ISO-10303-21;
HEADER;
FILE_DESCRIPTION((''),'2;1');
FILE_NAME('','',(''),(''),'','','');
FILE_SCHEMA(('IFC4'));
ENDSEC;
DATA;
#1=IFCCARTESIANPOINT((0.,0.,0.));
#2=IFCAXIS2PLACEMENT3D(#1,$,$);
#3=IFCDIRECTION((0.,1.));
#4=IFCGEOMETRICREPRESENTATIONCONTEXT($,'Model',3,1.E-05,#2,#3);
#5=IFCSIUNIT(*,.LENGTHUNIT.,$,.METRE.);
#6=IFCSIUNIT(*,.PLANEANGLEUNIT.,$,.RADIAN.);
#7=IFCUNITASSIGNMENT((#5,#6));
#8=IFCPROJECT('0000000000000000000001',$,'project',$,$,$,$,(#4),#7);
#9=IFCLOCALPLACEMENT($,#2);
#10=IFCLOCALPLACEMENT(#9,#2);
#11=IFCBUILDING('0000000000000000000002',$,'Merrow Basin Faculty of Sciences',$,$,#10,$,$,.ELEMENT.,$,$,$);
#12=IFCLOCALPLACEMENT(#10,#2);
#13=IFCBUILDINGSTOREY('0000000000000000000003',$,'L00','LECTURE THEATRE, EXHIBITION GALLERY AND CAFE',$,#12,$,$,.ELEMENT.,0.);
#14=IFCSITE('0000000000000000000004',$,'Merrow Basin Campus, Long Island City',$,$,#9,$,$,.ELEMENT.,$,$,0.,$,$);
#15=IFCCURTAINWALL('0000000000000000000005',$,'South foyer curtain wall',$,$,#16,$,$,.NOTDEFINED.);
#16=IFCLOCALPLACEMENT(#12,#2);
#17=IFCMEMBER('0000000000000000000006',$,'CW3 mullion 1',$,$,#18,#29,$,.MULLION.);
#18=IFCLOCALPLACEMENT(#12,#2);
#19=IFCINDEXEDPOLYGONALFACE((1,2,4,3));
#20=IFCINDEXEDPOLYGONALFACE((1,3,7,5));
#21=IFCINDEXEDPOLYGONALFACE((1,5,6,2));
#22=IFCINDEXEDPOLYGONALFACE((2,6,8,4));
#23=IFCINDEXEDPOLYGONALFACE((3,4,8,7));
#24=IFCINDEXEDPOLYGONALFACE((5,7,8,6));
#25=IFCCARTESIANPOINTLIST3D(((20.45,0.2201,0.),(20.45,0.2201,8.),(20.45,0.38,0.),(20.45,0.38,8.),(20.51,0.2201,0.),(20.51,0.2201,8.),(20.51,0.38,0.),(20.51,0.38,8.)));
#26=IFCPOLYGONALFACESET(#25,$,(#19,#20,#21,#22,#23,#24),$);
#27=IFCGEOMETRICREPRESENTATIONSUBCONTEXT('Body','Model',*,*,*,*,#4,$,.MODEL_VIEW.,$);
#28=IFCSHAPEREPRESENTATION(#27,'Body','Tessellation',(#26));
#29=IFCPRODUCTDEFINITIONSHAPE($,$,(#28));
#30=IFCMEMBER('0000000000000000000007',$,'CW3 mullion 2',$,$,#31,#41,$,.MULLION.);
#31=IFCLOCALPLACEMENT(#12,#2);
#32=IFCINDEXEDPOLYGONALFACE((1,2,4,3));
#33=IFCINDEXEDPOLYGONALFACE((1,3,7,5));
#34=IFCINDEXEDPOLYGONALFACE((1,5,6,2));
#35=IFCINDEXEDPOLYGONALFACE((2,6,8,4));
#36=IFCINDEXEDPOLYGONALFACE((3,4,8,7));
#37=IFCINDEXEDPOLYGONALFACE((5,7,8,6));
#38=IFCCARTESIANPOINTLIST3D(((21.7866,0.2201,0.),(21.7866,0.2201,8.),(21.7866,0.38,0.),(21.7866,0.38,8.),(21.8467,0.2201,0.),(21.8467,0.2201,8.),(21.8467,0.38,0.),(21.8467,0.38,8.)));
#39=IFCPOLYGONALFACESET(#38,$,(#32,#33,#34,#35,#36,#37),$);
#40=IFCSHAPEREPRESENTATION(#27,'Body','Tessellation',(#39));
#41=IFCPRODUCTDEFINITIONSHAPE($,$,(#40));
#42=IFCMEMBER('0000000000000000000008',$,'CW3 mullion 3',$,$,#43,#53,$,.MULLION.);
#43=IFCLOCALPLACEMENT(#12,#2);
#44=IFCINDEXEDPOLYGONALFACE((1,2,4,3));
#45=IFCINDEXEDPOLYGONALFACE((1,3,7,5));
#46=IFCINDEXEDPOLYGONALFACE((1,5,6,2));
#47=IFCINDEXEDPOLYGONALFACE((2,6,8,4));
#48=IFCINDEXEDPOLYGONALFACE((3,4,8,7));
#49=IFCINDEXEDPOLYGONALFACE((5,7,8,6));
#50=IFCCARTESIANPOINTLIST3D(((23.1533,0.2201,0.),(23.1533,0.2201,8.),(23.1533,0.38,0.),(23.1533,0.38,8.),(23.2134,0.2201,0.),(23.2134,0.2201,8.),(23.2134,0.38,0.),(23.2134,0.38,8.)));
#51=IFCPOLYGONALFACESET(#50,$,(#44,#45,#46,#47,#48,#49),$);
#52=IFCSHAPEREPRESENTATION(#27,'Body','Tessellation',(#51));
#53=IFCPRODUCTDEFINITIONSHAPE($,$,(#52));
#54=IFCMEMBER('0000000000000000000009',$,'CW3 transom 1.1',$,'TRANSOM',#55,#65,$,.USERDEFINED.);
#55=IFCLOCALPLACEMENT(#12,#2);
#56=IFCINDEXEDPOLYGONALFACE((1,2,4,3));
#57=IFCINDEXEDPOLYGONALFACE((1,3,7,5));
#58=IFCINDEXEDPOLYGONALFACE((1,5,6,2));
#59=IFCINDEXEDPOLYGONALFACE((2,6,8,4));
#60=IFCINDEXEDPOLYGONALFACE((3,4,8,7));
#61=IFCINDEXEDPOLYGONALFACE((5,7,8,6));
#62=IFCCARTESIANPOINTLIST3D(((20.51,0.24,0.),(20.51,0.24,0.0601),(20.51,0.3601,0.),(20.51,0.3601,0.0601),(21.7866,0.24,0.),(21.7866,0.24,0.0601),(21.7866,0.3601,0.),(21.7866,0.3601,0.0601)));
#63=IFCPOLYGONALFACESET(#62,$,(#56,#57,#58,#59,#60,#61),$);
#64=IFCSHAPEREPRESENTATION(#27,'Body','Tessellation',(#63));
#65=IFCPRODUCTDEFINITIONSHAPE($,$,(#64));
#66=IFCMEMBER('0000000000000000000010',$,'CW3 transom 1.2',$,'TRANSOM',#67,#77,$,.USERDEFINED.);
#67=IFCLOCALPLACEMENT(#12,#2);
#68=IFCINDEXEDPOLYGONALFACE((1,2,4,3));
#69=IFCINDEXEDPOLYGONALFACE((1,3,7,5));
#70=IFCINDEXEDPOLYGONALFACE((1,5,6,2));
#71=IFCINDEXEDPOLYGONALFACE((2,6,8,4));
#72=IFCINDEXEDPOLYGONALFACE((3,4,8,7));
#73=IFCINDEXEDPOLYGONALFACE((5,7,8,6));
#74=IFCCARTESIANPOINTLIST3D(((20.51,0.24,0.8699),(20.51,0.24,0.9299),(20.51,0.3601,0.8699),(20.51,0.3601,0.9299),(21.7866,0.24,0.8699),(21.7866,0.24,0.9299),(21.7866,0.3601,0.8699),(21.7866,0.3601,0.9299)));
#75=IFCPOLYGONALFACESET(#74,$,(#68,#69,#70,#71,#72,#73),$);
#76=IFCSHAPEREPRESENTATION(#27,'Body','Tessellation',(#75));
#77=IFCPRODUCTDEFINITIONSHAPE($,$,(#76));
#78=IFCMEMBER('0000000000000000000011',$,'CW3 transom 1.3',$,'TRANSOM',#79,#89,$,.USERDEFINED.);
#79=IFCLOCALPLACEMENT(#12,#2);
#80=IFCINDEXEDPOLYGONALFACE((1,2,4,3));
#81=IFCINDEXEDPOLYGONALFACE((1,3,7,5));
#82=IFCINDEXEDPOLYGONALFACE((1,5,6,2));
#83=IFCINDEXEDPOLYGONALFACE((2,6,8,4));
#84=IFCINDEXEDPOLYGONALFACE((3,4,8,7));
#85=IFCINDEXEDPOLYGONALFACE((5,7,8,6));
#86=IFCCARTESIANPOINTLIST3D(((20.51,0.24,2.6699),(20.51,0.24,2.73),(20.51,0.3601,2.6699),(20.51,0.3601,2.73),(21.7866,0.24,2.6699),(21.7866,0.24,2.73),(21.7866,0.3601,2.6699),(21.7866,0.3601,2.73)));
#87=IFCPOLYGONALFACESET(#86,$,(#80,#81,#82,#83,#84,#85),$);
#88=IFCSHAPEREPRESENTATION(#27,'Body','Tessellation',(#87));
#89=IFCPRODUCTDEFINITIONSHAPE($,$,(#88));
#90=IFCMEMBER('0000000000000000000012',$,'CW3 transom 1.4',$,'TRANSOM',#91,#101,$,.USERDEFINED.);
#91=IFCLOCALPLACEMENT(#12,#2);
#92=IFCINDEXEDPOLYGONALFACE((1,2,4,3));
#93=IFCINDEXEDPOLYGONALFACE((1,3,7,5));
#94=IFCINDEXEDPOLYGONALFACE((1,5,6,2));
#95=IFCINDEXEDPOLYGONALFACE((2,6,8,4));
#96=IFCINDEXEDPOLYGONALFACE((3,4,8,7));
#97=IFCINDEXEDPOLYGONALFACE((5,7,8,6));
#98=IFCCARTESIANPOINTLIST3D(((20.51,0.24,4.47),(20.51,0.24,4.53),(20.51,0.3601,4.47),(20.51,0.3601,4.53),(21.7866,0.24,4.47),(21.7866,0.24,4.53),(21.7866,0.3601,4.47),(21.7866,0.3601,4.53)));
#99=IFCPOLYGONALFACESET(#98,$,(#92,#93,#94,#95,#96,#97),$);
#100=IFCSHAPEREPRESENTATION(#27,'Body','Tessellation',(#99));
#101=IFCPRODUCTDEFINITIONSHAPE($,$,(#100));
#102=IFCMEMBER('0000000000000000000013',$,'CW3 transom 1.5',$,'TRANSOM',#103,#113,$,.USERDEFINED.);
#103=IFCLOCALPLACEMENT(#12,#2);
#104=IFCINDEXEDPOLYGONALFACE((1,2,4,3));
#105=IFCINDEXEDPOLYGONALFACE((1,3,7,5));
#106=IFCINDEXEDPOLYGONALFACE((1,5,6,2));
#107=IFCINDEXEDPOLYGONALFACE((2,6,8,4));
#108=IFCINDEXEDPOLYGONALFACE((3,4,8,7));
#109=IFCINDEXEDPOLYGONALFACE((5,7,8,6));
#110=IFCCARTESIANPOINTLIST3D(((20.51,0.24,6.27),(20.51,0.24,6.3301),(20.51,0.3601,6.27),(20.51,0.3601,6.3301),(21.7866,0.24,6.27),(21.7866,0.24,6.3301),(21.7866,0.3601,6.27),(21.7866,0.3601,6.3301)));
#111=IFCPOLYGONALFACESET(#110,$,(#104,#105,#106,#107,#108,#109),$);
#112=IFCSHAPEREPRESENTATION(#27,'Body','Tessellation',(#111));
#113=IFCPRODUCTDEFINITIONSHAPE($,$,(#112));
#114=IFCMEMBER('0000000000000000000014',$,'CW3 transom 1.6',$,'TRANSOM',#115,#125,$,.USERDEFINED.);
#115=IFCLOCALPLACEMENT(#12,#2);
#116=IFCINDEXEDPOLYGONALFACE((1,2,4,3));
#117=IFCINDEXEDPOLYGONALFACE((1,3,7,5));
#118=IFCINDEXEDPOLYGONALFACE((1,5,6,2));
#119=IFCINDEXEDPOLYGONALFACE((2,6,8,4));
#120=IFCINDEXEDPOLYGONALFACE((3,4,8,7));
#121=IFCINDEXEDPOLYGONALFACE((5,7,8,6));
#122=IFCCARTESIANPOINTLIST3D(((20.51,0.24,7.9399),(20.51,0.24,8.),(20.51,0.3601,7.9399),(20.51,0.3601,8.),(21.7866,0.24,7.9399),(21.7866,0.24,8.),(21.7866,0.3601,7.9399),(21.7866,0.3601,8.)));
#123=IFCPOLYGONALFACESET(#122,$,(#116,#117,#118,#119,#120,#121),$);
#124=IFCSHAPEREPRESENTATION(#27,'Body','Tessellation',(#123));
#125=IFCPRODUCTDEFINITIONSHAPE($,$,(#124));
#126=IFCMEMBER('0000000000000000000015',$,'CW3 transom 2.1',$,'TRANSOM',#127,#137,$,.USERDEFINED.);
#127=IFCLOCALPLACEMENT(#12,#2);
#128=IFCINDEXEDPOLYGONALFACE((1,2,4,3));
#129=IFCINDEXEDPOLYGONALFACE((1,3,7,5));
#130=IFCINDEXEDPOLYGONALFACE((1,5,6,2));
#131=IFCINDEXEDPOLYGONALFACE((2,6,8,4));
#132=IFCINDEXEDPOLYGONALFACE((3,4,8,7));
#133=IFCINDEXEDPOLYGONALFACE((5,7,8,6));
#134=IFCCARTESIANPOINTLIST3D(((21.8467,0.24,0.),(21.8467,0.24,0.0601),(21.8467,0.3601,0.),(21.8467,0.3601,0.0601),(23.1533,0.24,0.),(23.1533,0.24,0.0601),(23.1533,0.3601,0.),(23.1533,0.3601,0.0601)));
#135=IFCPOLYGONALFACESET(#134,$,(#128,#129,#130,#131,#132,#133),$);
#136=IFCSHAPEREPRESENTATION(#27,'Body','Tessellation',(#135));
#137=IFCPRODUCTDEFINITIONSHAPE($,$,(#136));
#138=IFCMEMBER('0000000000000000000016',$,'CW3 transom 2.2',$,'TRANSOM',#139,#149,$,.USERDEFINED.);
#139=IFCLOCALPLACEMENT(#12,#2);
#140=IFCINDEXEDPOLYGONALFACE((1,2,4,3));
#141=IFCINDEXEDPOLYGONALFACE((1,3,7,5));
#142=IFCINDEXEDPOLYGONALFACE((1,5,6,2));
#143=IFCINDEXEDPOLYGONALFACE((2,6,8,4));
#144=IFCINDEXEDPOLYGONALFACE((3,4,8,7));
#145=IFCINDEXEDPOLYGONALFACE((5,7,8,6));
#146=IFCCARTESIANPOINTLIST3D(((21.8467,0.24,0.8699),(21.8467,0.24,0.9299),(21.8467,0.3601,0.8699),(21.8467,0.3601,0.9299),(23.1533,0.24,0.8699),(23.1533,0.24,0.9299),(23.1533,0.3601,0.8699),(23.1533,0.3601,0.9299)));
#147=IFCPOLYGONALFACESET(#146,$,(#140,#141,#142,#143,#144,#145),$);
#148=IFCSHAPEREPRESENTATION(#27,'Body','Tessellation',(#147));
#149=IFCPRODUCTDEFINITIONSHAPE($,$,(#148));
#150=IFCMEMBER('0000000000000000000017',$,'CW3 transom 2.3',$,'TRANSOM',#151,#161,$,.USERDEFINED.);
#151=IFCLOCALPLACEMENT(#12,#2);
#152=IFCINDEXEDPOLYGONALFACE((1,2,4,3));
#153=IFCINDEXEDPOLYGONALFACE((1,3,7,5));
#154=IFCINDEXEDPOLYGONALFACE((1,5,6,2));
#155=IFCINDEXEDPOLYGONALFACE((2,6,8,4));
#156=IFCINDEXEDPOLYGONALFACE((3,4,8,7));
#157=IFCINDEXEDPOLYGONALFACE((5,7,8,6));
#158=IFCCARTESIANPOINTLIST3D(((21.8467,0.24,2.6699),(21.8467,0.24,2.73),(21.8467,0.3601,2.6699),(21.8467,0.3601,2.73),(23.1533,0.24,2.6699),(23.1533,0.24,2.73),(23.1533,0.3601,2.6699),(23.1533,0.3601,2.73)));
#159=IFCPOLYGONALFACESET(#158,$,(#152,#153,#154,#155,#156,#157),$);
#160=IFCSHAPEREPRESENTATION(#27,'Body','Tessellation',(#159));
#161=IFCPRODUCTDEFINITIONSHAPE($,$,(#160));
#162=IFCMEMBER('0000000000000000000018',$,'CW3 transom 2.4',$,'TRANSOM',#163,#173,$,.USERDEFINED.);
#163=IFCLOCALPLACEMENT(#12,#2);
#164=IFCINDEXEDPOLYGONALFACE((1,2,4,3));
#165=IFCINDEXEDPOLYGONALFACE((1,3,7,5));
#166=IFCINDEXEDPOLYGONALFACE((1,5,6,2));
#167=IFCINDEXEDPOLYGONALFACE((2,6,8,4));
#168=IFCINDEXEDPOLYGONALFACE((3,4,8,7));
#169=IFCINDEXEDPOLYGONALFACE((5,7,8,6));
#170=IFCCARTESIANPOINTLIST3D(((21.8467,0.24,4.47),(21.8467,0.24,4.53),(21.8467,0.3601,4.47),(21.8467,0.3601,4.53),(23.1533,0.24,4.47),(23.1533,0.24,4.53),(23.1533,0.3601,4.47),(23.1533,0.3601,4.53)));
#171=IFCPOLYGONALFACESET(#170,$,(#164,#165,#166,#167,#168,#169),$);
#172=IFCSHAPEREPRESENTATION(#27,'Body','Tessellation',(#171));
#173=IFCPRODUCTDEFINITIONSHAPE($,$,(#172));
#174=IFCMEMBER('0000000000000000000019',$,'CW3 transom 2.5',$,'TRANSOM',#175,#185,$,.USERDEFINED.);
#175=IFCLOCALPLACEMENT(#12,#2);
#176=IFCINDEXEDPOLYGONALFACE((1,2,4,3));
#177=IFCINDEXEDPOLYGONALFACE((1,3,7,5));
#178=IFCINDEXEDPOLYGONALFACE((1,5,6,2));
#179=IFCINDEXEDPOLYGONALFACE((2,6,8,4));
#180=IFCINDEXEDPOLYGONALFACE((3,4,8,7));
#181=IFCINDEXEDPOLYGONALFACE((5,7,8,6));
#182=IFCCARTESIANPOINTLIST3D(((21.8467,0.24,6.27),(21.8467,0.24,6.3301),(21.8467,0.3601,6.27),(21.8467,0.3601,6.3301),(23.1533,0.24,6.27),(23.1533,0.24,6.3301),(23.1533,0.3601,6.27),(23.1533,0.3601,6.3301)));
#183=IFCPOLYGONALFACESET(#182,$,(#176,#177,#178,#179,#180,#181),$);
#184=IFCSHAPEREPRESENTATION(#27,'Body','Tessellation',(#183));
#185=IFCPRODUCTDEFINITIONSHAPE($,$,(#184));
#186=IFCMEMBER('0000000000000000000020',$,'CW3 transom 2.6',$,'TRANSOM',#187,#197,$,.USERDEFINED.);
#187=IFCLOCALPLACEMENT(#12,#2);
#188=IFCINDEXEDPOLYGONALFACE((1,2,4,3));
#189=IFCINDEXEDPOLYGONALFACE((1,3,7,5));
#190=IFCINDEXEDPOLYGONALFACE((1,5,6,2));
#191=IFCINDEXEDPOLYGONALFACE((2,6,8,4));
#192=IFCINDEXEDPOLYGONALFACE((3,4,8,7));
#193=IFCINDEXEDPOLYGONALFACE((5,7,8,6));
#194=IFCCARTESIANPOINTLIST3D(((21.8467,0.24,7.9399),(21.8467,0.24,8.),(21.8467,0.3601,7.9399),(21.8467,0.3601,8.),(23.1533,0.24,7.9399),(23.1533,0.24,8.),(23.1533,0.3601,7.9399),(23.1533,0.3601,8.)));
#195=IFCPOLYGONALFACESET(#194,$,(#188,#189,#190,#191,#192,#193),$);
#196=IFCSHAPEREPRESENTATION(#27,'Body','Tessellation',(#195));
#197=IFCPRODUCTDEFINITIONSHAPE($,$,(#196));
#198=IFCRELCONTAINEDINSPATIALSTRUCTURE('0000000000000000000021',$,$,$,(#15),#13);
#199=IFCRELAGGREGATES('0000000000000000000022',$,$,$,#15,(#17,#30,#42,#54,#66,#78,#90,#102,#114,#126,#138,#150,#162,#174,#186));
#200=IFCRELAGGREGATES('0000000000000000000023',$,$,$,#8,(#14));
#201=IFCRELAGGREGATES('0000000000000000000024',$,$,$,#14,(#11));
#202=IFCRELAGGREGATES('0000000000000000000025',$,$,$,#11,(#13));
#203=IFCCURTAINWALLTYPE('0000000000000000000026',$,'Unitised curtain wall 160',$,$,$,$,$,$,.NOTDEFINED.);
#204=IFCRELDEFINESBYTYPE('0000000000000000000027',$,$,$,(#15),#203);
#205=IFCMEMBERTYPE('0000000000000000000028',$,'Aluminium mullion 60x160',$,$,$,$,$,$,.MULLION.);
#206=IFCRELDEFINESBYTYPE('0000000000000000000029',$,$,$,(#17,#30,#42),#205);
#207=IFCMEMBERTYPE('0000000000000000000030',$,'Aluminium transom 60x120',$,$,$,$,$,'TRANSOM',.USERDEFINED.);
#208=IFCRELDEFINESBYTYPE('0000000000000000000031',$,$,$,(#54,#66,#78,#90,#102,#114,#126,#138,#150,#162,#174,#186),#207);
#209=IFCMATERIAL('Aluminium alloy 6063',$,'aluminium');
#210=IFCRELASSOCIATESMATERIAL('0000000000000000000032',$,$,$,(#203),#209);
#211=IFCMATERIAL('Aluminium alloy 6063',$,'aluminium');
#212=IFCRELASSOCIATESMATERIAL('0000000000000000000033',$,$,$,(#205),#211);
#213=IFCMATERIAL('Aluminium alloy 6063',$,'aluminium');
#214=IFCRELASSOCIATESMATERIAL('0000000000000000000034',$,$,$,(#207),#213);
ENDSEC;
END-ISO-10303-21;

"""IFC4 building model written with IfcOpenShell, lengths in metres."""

from ifc_helpers import new_model, si_unit, direction, frame, origin, origin_2d, place, context, subcontext, project, spatial, rectangle, extrude, material, material_profile, profile_set, type_object, element, aggregate, save


model = new_model("IFC4")

# Units and contexts
model_context = context("Model", 3, precision=1e-05, world=origin(), true_north=direction((0.0, 1.0)))
body_context = subcontext(model_context, "Body", "Model", "MODEL_VIEW")
ifc_project = project(units=[si_unit("LENGTHUNIT", "METRE"), si_unit("PLANEANGLEUNIT", "RADIAN")], contexts=[model_context])

# Site, building, storey
site_placement = place(None, origin())
site = spatial("IfcSite", under=ifc_project, at=site_placement, Name="Merrow Basin Campus, Long Island City", CompositionType="ELEMENT", RefElevation=0.0)
building_placement = place(site_placement, origin())
building = spatial("IfcBuilding", under=site, at=building_placement, Name="Merrow Basin Faculty of Sciences", CompositionType="ELEMENT")
storey_placement = place(building_placement, origin())
storey = spatial("IfcBuildingStorey", under=building, at=storey_placement, Name="L00", Description="LECTURE THEATRE, EXHIBITION GALLERY AND CAFE", CompositionType="ELEMENT", Elevation=0.0)

# Curtain wall, members
ifc_material_1 = material(Name="Aluminium alloy 6063", Category="aluminium")
curtain_wall_type = type_object("IfcCurtainWallType", Name="Unitised curtain wall 160", PredefinedType="NOTDEFINED", material=ifc_material_1)
curtain_wall_placement = place(storey_placement, origin())
curtain_wall = element("IfcCurtainWall", 1, at=curtain_wall_placement, inside=storey, type_object=curtain_wall_type, Name="South foyer curtain wall", PredefinedType="NOTDEFINED")
ifc_material_2 = material(Name="Aluminium alloy 6063", Category="aluminium")
ifc_material_profile_1 = material_profile(ifc_material_2, rectangle(XDim=0.1599, YDim=0.0601, at=origin_2d()))
ifc_profile_set_1 = profile_set([ifc_material_profile_1], Name="Aluminium alloy 6063")
member_type_1 = type_object("IfcMemberType", Name="Aluminium mullion 60x160", PredefinedType="MULLION", material=ifc_profile_set_1)
member_1_placement = place(storey_placement, frame((20.48, 0.3, 0.0), z_axis=(0.0, 0.0, 1.0), x_axis=(0.0, 1.0, 0.0)))
member_1 = element("IfcMember", 2, at=member_1_placement, type_object=member_type_1, Name="CW3 mullion 1", PredefinedType="MULLION", context=body_context, shape_type="SweptSolid", body=[
    extrude(rectangle(XDim=0.1599, YDim=0.0601, at=origin_2d()), origin(), (0.0, 0.0, 1.0), 8.0),
])
member_2_placement = place(storey_placement, frame((21.8167, 0.3, 0.0), z_axis=(0.0, 0.0, 1.0), x_axis=(0.0, 1.0, 0.0)))
member_2 = element("IfcMember", 3, at=member_2_placement, type_object=member_type_1, Name="CW3 mullion 2", PredefinedType="MULLION", context=body_context, shape_type="SweptSolid", body=[
    extrude(rectangle(XDim=0.1599, YDim=0.0601, at=origin_2d()), origin(), (0.0, 0.0, 1.0), 8.0),
])
member_3_placement = place(storey_placement, frame((23.1833, 0.3, 0.0), z_axis=(0.0, 0.0, 1.0), x_axis=(0.0, 1.0, 0.0)))
member_3 = element("IfcMember", 4, at=member_3_placement, type_object=member_type_1, Name="CW3 mullion 3", PredefinedType="MULLION", context=body_context, shape_type="SweptSolid", body=[
    extrude(rectangle(XDim=0.1599, YDim=0.0601, at=origin_2d()), origin(), (0.0, 0.0, 1.0), 8.0),
])
ifc_material_3 = material(Name="Aluminium alloy 6063", Category="aluminium")
ifc_material_profile_2 = material_profile(ifc_material_3, rectangle(XDim=0.1201, YDim=0.0601, at=origin_2d()))
ifc_profile_set_2 = profile_set([ifc_material_profile_2], Name="Aluminium alloy 6063")
member_type_2 = type_object("IfcMemberType", Name="Aluminium transom 60x120", ElementType="TRANSOM", PredefinedType="USERDEFINED", material=ifc_profile_set_2)
member_4_placement = place(storey_placement, frame((20.51, 0.3, 0.03), z_axis=(1.0, 0.0, 0.0), x_axis=(0.0, 1.0, 0.0)))
member_4 = element("IfcMember", 5, at=member_4_placement, type_object=member_type_2, Name="CW3 transom 1.1", ObjectType="TRANSOM", PredefinedType="USERDEFINED", context=body_context, shape_type="SweptSolid", body=[
    extrude(rectangle(XDim=0.1201, YDim=0.0601, at=origin_2d()), origin(), (0.0, 0.0, 1.0), 1.2766),
])
member_5_placement = place(storey_placement, frame((20.51, 0.3, 0.8999), z_axis=(1.0, 0.0, 0.0), x_axis=(0.0, 1.0, 0.0)))
member_5 = element("IfcMember", 6, at=member_5_placement, type_object=member_type_2, Name="CW3 transom 1.2", ObjectType="TRANSOM", PredefinedType="USERDEFINED", context=body_context, shape_type="SweptSolid", body=[
    extrude(rectangle(XDim=0.1201, YDim=0.0601, at=origin_2d()), origin(), (0.0, 0.0, 1.0), 1.2766),
])
member_6_placement = place(storey_placement, frame((20.51, 0.3, 2.7), z_axis=(1.0, 0.0, 0.0), x_axis=(0.0, 1.0, 0.0)))
member_6 = element("IfcMember", 7, at=member_6_placement, type_object=member_type_2, Name="CW3 transom 1.3", ObjectType="TRANSOM", PredefinedType="USERDEFINED", context=body_context, shape_type="SweptSolid", body=[
    extrude(rectangle(XDim=0.1201, YDim=0.0601, at=origin_2d()), origin(), (0.0, 0.0, 1.0), 1.2766),
])
member_7_placement = place(storey_placement, frame((20.51, 0.3, 4.5), z_axis=(1.0, 0.0, 0.0), x_axis=(0.0, 1.0, 0.0)))
member_7 = element("IfcMember", 8, at=member_7_placement, type_object=member_type_2, Name="CW3 transom 1.4", ObjectType="TRANSOM", PredefinedType="USERDEFINED", context=body_context, shape_type="SweptSolid", body=[
    extrude(rectangle(XDim=0.1201, YDim=0.0601, at=origin_2d()), origin(), (0.0, 0.0, 1.0), 1.2766),
])
member_8_placement = place(storey_placement, frame((20.51, 0.3, 6.3), z_axis=(1.0, 0.0, 0.0), x_axis=(0.0, 1.0, 0.0)))
member_8 = element("IfcMember", 9, at=member_8_placement, type_object=member_type_2, Name="CW3 transom 1.5", ObjectType="TRANSOM", PredefinedType="USERDEFINED", context=body_context, shape_type="SweptSolid", body=[
    extrude(rectangle(XDim=0.1201, YDim=0.0601, at=origin_2d()), origin(), (0.0, 0.0, 1.0), 1.2766),
])
member_9_placement = place(storey_placement, frame((20.51, 0.3, 7.97), z_axis=(1.0, 0.0, 0.0), x_axis=(0.0, 1.0, 0.0)))
member_9 = element("IfcMember", 10, at=member_9_placement, type_object=member_type_2, Name="CW3 transom 1.6", ObjectType="TRANSOM", PredefinedType="USERDEFINED", context=body_context, shape_type="SweptSolid", body=[
    extrude(rectangle(XDim=0.1201, YDim=0.0601, at=origin_2d()), origin(), (0.0, 0.0, 1.0), 1.2766),
])
member_10_placement = place(storey_placement, frame((21.8467, 0.3, 0.03), z_axis=(1.0, 0.0, 0.0), x_axis=(0.0, 1.0, 0.0)))
member_10 = element("IfcMember", 11, at=member_10_placement, type_object=member_type_2, Name="CW3 transom 2.1", ObjectType="TRANSOM", PredefinedType="USERDEFINED", context=body_context, shape_type="SweptSolid", body=[
    extrude(rectangle(XDim=0.1201, YDim=0.0601, at=origin_2d()), origin(), (0.0, 0.0, 1.0), 1.3066),
])
member_11_placement = place(storey_placement, frame((21.8467, 0.3, 0.8999), z_axis=(1.0, 0.0, 0.0), x_axis=(0.0, 1.0, 0.0)))
member_11 = element("IfcMember", 12, at=member_11_placement, type_object=member_type_2, Name="CW3 transom 2.2", ObjectType="TRANSOM", PredefinedType="USERDEFINED", context=body_context, shape_type="SweptSolid", body=[
    extrude(rectangle(XDim=0.1201, YDim=0.0601, at=origin_2d()), origin(), (0.0, 0.0, 1.0), 1.3066),
])
member_12_placement = place(storey_placement, frame((21.8467, 0.3, 2.7), z_axis=(1.0, 0.0, 0.0), x_axis=(0.0, 1.0, 0.0)))
member_12 = element("IfcMember", 13, at=member_12_placement, type_object=member_type_2, Name="CW3 transom 2.3", ObjectType="TRANSOM", PredefinedType="USERDEFINED", context=body_context, shape_type="SweptSolid", body=[
    extrude(rectangle(XDim=0.1201, YDim=0.0601, at=origin_2d()), origin(), (0.0, 0.0, 1.0), 1.3066),
])
member_13_placement = place(storey_placement, frame((21.8467, 0.3, 4.5), z_axis=(1.0, 0.0, 0.0), x_axis=(0.0, 1.0, 0.0)))
member_13 = element("IfcMember", 14, at=member_13_placement, type_object=member_type_2, Name="CW3 transom 2.4", ObjectType="TRANSOM", PredefinedType="USERDEFINED", context=body_context, shape_type="SweptSolid", body=[
    extrude(rectangle(XDim=0.1201, YDim=0.0601, at=origin_2d()), origin(), (0.0, 0.0, 1.0), 1.3066),
])
member_14_placement = place(storey_placement, frame((21.8467, 0.3, 6.3), z_axis=(1.0, 0.0, 0.0), x_axis=(0.0, 1.0, 0.0)))
member_14 = element("IfcMember", 15, at=member_14_placement, type_object=member_type_2, Name="CW3 transom 2.5", ObjectType="TRANSOM", PredefinedType="USERDEFINED", context=body_context, shape_type="SweptSolid", body=[
    extrude(rectangle(XDim=0.1201, YDim=0.0601, at=origin_2d()), origin(), (0.0, 0.0, 1.0), 1.3066),
])
member_15_placement = place(storey_placement, frame((21.8467, 0.3, 7.97), z_axis=(1.0, 0.0, 0.0), x_axis=(0.0, 1.0, 0.0)))
member_15 = element("IfcMember", 16, at=member_15_placement, type_object=member_type_2, Name="CW3 transom 2.6", ObjectType="TRANSOM", PredefinedType="USERDEFINED", context=body_context, shape_type="SweptSolid", body=[
    extrude(rectangle(XDim=0.1201, YDim=0.0601, at=origin_2d()), origin(), (0.0, 0.0, 1.0), 1.3066),
])
aggregate(curtain_wall, [member_1, member_2, member_3, member_4, member_5, member_6, member_7, member_8, member_9, member_10, member_11, member_12, member_13, member_14, member_15])

save(model, "model.ifc")
